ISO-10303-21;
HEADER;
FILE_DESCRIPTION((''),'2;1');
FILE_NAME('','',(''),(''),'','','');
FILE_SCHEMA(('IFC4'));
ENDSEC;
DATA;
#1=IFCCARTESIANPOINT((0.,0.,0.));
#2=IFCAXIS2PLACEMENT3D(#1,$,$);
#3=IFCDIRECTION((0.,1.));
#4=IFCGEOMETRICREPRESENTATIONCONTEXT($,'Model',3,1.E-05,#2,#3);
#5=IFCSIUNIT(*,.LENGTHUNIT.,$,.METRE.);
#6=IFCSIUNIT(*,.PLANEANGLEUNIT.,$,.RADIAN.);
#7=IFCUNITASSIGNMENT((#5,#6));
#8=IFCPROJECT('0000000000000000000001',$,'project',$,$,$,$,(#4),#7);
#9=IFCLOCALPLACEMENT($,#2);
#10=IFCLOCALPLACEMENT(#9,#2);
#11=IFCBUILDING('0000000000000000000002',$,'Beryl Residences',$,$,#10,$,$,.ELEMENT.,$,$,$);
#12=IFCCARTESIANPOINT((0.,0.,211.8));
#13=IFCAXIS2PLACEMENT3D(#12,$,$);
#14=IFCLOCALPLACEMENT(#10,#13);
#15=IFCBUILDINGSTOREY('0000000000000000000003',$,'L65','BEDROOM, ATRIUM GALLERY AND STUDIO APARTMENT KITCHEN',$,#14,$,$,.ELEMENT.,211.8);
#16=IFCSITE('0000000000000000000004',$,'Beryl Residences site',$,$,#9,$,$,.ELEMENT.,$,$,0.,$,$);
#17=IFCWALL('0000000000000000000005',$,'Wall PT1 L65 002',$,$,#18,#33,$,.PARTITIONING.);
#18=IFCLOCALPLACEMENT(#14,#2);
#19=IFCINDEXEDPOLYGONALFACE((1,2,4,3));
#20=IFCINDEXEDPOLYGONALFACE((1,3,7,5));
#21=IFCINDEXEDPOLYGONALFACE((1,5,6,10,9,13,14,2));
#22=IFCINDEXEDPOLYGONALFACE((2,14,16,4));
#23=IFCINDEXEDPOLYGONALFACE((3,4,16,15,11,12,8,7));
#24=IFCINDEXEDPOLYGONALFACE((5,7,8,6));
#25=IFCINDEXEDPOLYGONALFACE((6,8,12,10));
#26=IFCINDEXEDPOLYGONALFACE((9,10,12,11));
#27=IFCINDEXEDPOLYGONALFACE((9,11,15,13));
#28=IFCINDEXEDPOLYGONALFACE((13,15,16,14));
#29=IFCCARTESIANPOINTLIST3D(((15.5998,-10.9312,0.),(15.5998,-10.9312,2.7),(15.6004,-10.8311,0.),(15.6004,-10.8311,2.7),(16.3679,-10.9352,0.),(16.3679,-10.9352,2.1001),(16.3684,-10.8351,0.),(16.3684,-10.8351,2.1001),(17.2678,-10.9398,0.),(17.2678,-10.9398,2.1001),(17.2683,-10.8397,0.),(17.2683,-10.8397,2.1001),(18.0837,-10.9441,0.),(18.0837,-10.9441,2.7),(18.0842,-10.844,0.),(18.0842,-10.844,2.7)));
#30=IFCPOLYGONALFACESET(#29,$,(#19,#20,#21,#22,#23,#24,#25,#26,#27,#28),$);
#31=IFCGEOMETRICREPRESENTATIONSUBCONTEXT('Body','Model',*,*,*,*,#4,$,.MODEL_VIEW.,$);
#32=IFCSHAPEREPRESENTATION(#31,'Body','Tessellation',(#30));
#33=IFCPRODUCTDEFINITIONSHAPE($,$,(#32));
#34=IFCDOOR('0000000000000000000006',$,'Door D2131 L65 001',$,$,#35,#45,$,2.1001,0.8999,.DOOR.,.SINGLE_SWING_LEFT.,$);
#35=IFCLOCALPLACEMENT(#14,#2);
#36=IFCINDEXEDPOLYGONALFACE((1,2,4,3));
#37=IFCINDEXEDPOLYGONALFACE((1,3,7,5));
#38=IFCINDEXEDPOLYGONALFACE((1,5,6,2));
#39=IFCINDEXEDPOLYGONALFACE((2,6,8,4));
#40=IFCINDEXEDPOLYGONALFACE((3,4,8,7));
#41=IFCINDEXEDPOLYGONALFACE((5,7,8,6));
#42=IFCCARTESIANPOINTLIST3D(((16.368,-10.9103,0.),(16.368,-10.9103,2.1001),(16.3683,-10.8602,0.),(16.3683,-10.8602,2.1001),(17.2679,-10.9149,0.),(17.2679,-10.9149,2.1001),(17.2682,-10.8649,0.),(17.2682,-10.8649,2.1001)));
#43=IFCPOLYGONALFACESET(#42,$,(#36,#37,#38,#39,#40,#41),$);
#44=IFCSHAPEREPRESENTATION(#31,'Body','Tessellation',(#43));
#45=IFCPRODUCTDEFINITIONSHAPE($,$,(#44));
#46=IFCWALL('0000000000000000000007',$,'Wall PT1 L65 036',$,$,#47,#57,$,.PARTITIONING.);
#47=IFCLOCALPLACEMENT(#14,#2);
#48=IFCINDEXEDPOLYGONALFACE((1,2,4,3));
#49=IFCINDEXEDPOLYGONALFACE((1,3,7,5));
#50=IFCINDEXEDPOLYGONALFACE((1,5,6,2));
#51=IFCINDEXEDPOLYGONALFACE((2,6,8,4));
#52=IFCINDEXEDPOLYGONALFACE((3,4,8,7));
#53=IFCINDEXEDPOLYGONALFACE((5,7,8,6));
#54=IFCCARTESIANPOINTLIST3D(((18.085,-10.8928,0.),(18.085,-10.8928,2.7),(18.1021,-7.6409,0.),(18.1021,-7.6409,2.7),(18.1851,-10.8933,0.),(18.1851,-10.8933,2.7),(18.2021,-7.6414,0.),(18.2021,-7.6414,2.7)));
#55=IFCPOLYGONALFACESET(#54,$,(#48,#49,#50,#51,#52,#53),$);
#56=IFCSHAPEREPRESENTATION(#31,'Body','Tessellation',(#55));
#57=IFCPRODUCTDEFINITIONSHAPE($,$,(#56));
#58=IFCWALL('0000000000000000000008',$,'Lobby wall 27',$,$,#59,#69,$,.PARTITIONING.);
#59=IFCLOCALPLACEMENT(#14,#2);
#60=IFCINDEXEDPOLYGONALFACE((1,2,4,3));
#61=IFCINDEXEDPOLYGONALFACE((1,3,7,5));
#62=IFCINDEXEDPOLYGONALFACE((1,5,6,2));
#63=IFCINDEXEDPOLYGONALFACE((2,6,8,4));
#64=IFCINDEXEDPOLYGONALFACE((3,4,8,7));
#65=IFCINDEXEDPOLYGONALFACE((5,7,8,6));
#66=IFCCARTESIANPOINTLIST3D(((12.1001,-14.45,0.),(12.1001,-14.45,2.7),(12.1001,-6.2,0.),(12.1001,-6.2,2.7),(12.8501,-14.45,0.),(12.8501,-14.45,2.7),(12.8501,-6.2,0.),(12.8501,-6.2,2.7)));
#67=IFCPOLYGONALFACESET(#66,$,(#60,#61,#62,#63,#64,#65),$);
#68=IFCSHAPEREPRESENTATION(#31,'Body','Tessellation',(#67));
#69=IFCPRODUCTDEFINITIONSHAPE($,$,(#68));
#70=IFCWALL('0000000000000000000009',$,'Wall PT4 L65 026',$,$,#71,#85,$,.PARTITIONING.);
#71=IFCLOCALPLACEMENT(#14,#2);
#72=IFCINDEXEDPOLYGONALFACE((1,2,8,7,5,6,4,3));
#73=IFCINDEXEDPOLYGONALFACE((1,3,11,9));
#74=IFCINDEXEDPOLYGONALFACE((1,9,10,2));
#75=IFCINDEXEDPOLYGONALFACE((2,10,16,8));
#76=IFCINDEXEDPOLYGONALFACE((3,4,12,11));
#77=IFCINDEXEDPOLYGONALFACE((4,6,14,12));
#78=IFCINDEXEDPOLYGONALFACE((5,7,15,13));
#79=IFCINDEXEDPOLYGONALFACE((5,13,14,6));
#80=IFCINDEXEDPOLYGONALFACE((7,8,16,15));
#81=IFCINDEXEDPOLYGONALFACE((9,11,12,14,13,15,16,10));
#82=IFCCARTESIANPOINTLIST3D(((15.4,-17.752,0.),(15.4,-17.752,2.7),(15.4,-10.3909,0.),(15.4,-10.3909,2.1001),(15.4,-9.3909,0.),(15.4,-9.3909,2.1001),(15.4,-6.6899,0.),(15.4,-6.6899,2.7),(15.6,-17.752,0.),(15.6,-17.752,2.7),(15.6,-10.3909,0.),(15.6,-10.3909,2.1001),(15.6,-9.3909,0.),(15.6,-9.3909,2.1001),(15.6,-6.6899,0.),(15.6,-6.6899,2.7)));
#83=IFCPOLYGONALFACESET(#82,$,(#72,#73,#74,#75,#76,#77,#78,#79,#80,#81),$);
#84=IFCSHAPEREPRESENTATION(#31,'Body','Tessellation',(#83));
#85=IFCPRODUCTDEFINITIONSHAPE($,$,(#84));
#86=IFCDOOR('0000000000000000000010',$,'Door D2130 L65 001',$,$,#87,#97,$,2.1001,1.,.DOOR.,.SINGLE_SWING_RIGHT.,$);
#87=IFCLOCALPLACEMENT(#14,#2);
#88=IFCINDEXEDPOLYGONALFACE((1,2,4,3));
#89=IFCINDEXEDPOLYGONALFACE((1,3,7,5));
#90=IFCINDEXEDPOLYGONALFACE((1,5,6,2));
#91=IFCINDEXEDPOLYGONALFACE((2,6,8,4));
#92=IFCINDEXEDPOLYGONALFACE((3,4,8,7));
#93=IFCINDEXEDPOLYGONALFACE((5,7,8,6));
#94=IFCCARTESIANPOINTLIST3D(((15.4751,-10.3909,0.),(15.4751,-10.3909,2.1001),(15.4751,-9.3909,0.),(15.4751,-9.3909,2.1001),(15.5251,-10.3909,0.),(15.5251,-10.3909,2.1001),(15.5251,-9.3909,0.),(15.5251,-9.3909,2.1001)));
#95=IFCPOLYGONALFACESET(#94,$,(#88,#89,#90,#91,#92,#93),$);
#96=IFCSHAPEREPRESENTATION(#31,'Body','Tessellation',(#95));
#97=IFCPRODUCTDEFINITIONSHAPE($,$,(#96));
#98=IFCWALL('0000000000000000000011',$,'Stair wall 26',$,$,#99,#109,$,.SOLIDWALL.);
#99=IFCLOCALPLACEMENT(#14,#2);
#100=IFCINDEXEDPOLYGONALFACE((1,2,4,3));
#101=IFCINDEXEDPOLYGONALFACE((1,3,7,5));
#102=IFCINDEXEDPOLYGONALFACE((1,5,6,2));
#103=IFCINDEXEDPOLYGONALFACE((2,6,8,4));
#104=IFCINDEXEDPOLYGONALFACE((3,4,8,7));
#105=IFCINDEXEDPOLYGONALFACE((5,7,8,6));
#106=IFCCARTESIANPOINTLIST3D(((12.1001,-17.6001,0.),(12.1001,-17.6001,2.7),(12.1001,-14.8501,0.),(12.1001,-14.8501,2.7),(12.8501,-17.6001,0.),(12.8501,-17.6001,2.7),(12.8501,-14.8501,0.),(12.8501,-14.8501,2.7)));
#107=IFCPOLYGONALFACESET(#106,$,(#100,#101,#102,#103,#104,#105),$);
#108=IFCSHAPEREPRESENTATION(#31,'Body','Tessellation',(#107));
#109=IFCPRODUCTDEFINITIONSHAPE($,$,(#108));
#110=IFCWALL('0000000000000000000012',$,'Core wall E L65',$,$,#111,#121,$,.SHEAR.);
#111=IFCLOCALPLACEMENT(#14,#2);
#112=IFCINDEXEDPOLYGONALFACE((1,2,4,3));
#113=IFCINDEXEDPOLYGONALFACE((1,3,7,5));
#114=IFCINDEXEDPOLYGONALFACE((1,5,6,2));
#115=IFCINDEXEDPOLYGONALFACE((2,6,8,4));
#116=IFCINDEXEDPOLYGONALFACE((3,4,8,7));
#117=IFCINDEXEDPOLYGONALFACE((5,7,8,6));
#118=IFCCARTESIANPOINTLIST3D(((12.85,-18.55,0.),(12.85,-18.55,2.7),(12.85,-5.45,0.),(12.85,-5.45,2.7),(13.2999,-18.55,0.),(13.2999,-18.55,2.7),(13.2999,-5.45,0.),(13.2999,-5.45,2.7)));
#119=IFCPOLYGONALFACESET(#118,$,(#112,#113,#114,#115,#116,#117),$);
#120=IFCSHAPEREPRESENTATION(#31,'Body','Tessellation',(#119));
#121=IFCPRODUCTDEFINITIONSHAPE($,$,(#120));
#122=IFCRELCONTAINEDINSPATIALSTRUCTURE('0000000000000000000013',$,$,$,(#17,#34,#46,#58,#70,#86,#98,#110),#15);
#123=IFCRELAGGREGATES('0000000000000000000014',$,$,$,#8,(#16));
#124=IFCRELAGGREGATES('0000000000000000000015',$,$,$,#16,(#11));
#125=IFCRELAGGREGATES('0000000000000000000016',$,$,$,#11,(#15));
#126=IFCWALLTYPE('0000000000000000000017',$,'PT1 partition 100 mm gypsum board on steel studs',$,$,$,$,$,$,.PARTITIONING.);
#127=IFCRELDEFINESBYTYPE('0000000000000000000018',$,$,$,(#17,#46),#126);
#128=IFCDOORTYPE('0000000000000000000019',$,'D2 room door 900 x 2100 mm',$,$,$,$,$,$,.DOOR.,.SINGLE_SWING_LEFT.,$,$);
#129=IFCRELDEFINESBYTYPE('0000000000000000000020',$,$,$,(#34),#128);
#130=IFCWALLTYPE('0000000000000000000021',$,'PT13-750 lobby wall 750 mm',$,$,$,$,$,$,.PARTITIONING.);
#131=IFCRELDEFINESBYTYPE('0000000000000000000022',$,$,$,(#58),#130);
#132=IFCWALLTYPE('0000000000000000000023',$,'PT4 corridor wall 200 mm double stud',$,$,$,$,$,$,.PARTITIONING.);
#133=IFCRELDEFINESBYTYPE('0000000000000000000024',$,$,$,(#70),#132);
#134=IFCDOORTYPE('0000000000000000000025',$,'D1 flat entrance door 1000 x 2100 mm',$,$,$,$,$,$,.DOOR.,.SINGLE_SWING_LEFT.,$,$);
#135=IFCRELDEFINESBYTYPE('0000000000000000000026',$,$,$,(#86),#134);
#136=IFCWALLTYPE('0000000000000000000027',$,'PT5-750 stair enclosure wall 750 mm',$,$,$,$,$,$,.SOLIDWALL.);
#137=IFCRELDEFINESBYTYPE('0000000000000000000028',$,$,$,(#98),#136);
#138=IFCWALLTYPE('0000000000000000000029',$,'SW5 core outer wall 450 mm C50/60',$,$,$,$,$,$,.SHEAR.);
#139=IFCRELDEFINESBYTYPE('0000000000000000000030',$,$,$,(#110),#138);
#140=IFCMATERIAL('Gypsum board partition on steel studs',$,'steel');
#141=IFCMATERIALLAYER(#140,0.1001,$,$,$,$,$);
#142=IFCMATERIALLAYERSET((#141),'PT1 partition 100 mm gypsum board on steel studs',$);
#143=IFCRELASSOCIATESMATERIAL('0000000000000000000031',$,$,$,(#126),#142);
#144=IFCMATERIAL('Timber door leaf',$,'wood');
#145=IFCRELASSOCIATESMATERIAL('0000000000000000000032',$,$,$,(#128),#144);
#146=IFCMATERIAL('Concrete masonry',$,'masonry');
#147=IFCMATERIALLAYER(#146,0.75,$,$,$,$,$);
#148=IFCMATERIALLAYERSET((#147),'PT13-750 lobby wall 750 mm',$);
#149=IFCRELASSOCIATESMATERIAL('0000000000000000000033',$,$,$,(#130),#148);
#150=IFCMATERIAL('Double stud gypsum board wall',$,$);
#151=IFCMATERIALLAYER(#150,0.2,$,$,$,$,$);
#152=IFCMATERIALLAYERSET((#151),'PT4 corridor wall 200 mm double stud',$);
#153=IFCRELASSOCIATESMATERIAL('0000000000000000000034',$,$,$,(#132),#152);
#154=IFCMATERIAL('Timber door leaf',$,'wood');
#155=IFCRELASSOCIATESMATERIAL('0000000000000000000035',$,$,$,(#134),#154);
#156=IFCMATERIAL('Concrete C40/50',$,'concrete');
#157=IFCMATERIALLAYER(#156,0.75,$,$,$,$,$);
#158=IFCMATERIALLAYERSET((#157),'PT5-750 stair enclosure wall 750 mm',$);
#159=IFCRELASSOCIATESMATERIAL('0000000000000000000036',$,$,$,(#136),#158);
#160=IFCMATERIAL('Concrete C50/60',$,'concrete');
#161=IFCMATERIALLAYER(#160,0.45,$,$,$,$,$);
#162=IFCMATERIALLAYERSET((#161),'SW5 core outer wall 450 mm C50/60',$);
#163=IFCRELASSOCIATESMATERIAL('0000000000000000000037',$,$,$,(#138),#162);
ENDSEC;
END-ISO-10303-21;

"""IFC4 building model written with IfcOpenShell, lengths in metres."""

from ifc_helpers import new_model, si_unit, direction, frame, frame_2d, origin, place, context, subcontext, project, spatial, rectangle, extrude, material, layer, layer_set, type_object, element, fill, save


model = new_model("IFC4")

# Units and contexts
model_context = context("Model", 3, precision=1e-05, world=origin(), true_north=direction((0.0, 1.0)))
body_context = subcontext(model_context, "Body", "Model", "MODEL_VIEW")
ifc_project = project(units=[si_unit("LENGTHUNIT", "METRE"), si_unit("PLANEANGLEUNIT", "RADIAN")], contexts=[model_context])

# Site, building, storey
site_placement = place(None, origin())
site = spatial("IfcSite", under=ifc_project, at=site_placement, Name="Beryl Residences site", CompositionType="ELEMENT", RefElevation=0.0)
building_placement = place(site_placement, origin())
building = spatial("IfcBuilding", under=site, at=building_placement, Name="Beryl Residences", CompositionType="ELEMENT")
storey_placement = place(building_placement, frame((0.0, 0.0, 211.8)))
storey = spatial("IfcBuildingStorey", under=building, at=storey_placement, Name="L65", Description="BEDROOM, ATRIUM GALLERY AND STUDIO APARTMENT KITCHEN", CompositionType="ELEMENT", Elevation=211.8)

# Wall, opening, door
ifc_material_1 = material(Name="Gypsum board partition on steel studs", Category="steel")
ifc_layer_1 = layer(ifc_material_1, 0.1001)
ifc_layer_set_1 = layer_set([ifc_layer_1], Name="PT1 partition 100 mm gypsum board on steel studs")
wall_type_1 = type_object("IfcWallType", Name="PT1 partition 100 mm gypsum board on steel studs", PredefinedType="PARTITIONING", material=ifc_layer_set_1)
wall_1_placement = place(storey_placement, frame((15.6001, -10.8811, 0.0), z_axis=(0.0, 0.0, 1.0), x_axis=(0.999986, -0.005209, 0.0)))
wall_1 = element("IfcWall", 1, at=wall_1_placement, inside=storey, type_object=wall_type_1, Name="Wall PT1 L65 002", PredefinedType="PARTITIONING", context=body_context, shape_type="SweptSolid", body=[
    extrude(rectangle(XDim=2.4839, YDim=0.1001, at=frame_2d((1.2419, 0.0))), origin(), (0.0, 0.0, 1.0), 2.7),
])
opening_1_placement = place(wall_1_placement, frame((0.7681, 0.0, 0.0)))
opening_1 = element("IfcOpeningElement", 2, at=opening_1_placement, cuts=wall_1, PredefinedType="OPENING", context=body_context, shape_type="SweptSolid", body=[
    extrude(rectangle(XDim=0.8999, YDim=2.1001, at=frame_2d((0.45, 1.05))), frame((0.0, 0.0601, 0.0), z_axis=(0.0, -1.0, 0.0), x_axis=(1.0, 0.0, 0.0)), (0.0, 0.0, 1.0), 0.1201),
])
ifc_material_2 = material(Name="Timber door leaf", Category="wood")
door_type_1 = type_object("IfcDoorType", Name="D2 room door 900 x 2100 mm", OperationType="SINGLE_SWING_LEFT", PredefinedType="DOOR", material=ifc_material_2)
door_1_placement = place(opening_1_placement, origin())
door_1 = element("IfcDoor", 3, at=door_1_placement, inside=storey, type_object=door_type_1, Name="Door D2131 L65 001", OperationType="SINGLE_SWING_LEFT", OverallHeight=2.1001, OverallWidth=0.8999, PredefinedType="DOOR", context=body_context, shape_type="SweptSolid", body=[
    extrude(rectangle(XDim=0.8999, YDim=2.1001, at=frame_2d((0.45, 1.05))), frame((0.0, 0.0249, 0.0), z_axis=(0.0, -1.0, 0.0), x_axis=(1.0, 0.0, 0.0)), (0.0, 0.0, 1.0), 0.05),
])
fill(opening_1, door_1)

# Walls
wall_2_placement = place(storey_placement, frame((18.135, -10.8931, 0.0), z_axis=(0.0, 0.0, 1.0), x_axis=(0.005255, 0.999986, 0.0)))
element("IfcWall", 4, at=wall_2_placement, inside=storey, type_object=wall_type_1, Name="Wall PT1 L65 036", PredefinedType="PARTITIONING", context=body_context, shape_type="SweptSolid", body=[
    extrude(rectangle(XDim=3.252, YDim=0.1001, at=frame_2d((1.626, 0.0))), origin(), (0.0, 0.0, 1.0), 2.7),
])
ifc_material_3 = material(Name="Concrete masonry", Category="masonry")
ifc_layer_2 = layer(ifc_material_3, 0.75)
ifc_layer_set_2 = layer_set([ifc_layer_2], Name="PT13-750 lobby wall 750 mm")
wall_type_2 = type_object("IfcWallType", Name="PT13-750 lobby wall 750 mm", PredefinedType="PARTITIONING", material=ifc_layer_set_2)
wall_3_placement = place(storey_placement, frame((12.4751, -14.45, 0.0), z_axis=(0.0, 0.0, 1.0), x_axis=(0.0, 1.0, 0.0)))
element("IfcWall", 5, at=wall_3_placement, inside=storey, type_object=wall_type_2, Name="Lobby wall 27", PredefinedType="PARTITIONING", context=body_context, shape_type="SweptSolid", body=[
    extrude(rectangle(XDim=8.25, YDim=0.75, at=frame_2d((4.125, 0.0))), origin(), (0.0, 0.0, 1.0), 2.7),
])

# Wall, opening, door
ifc_material_4 = material(Name="Double stud gypsum board wall")
ifc_layer_3 = layer(ifc_material_4, 0.2)
ifc_layer_set_3 = layer_set([ifc_layer_3], Name="PT4 corridor wall 200 mm double stud")
wall_type_3 = type_object("IfcWallType", Name="PT4 corridor wall 200 mm double stud", PredefinedType="PARTITIONING", material=ifc_layer_set_3)
wall_4_placement = place(storey_placement, frame((15.5, -17.752, 0.0), z_axis=(0.0, 0.0, 1.0), x_axis=(0.0, 1.0, 0.0)))
wall_4 = element("IfcWall", 6, at=wall_4_placement, inside=storey, type_object=wall_type_3, Name="Wall PT4 L65 026", PredefinedType="PARTITIONING", context=body_context, shape_type="SweptSolid", body=[
    extrude(rectangle(XDim=11.062, YDim=0.2, at=frame_2d((5.531, 0.0))), origin(), (0.0, 0.0, 1.0), 2.7),
])
opening_2_placement = place(wall_4_placement, frame((7.3611, 0.0, 0.0)))
opening_2 = element("IfcOpeningElement", 7, at=opening_2_placement, cuts=wall_4, PredefinedType="OPENING", context=body_context, shape_type="SweptSolid", body=[
    extrude(rectangle(XDim=1.0, YDim=2.1001, at=frame_2d((0.5, 1.05))), frame((0.0, 0.1099, 0.0), z_axis=(0.0, -1.0, 0.0), x_axis=(1.0, 0.0, 0.0)), (0.0, 0.0, 1.0), 0.22),
])
ifc_material_5 = material(Name="Timber door leaf", Category="wood")
door_type_2 = type_object("IfcDoorType", Name="D1 flat entrance door 1000 x 2100 mm", OperationType="SINGLE_SWING_LEFT", PredefinedType="DOOR", material=ifc_material_5)
door_2_placement = place(opening_2_placement, origin())
door_2 = element("IfcDoor", 8, at=door_2_placement, inside=storey, type_object=door_type_2, Name="Door D2130 L65 001", OperationType="SINGLE_SWING_RIGHT", OverallHeight=2.1001, OverallWidth=1.0, PredefinedType="DOOR", context=body_context, shape_type="SweptSolid", body=[
    extrude(rectangle(XDim=1.0, YDim=2.1001, at=frame_2d((0.5, 1.05))), frame((0.0, 0.0249, 0.0), z_axis=(0.0, -1.0, 0.0), x_axis=(1.0, 0.0, 0.0)), (0.0, 0.0, 1.0), 0.05),
])
fill(opening_2, door_2)

# Walls
ifc_material_6 = material(Name="Concrete C40/50", Category="concrete")
ifc_layer_4 = layer(ifc_material_6, 0.75)
ifc_layer_set_4 = layer_set([ifc_layer_4], Name="PT5-750 stair enclosure wall 750 mm")
wall_type_4 = type_object("IfcWallType", Name="PT5-750 stair enclosure wall 750 mm", PredefinedType="SOLIDWALL", material=ifc_layer_set_4)
wall_5_placement = place(storey_placement, frame((12.4751, -17.6001, 0.0), z_axis=(0.0, 0.0, 1.0), x_axis=(0.0, 1.0, 0.0)))
element("IfcWall", 9, at=wall_5_placement, inside=storey, type_object=wall_type_4, Name="Stair wall 26", PredefinedType="SOLIDWALL", context=body_context, shape_type="SweptSolid", body=[
    extrude(rectangle(XDim=2.75, YDim=0.75, at=frame_2d((1.375, 0.0))), origin(), (0.0, 0.0, 1.0), 2.7),
])
ifc_material_7 = material(Name="Concrete C50/60", Category="concrete")
ifc_layer_5 = layer(ifc_material_7, 0.45)
ifc_layer_set_5 = layer_set([ifc_layer_5], Name="SW5 core outer wall 450 mm C50/60")
wall_type_5 = type_object("IfcWallType", Name="SW5 core outer wall 450 mm C50/60", PredefinedType="SHEAR", material=ifc_layer_set_5)
wall_6_placement = place(storey_placement, frame((13.075, -18.55, 0.0), z_axis=(0.0, 0.0, 1.0), x_axis=(0.0, 1.0, 0.0)))
element("IfcWall", 10, at=wall_6_placement, inside=storey, type_object=wall_type_5, Name="Core wall E L65", PredefinedType="SHEAR", context=body_context, shape_type="SweptSolid", body=[
    extrude(rectangle(XDim=13.1001, YDim=0.45, at=frame_2d((6.55, 0.0))), origin(), (0.0, 0.0, 1.0), 2.7),
])

save(model, "model.ifc")
